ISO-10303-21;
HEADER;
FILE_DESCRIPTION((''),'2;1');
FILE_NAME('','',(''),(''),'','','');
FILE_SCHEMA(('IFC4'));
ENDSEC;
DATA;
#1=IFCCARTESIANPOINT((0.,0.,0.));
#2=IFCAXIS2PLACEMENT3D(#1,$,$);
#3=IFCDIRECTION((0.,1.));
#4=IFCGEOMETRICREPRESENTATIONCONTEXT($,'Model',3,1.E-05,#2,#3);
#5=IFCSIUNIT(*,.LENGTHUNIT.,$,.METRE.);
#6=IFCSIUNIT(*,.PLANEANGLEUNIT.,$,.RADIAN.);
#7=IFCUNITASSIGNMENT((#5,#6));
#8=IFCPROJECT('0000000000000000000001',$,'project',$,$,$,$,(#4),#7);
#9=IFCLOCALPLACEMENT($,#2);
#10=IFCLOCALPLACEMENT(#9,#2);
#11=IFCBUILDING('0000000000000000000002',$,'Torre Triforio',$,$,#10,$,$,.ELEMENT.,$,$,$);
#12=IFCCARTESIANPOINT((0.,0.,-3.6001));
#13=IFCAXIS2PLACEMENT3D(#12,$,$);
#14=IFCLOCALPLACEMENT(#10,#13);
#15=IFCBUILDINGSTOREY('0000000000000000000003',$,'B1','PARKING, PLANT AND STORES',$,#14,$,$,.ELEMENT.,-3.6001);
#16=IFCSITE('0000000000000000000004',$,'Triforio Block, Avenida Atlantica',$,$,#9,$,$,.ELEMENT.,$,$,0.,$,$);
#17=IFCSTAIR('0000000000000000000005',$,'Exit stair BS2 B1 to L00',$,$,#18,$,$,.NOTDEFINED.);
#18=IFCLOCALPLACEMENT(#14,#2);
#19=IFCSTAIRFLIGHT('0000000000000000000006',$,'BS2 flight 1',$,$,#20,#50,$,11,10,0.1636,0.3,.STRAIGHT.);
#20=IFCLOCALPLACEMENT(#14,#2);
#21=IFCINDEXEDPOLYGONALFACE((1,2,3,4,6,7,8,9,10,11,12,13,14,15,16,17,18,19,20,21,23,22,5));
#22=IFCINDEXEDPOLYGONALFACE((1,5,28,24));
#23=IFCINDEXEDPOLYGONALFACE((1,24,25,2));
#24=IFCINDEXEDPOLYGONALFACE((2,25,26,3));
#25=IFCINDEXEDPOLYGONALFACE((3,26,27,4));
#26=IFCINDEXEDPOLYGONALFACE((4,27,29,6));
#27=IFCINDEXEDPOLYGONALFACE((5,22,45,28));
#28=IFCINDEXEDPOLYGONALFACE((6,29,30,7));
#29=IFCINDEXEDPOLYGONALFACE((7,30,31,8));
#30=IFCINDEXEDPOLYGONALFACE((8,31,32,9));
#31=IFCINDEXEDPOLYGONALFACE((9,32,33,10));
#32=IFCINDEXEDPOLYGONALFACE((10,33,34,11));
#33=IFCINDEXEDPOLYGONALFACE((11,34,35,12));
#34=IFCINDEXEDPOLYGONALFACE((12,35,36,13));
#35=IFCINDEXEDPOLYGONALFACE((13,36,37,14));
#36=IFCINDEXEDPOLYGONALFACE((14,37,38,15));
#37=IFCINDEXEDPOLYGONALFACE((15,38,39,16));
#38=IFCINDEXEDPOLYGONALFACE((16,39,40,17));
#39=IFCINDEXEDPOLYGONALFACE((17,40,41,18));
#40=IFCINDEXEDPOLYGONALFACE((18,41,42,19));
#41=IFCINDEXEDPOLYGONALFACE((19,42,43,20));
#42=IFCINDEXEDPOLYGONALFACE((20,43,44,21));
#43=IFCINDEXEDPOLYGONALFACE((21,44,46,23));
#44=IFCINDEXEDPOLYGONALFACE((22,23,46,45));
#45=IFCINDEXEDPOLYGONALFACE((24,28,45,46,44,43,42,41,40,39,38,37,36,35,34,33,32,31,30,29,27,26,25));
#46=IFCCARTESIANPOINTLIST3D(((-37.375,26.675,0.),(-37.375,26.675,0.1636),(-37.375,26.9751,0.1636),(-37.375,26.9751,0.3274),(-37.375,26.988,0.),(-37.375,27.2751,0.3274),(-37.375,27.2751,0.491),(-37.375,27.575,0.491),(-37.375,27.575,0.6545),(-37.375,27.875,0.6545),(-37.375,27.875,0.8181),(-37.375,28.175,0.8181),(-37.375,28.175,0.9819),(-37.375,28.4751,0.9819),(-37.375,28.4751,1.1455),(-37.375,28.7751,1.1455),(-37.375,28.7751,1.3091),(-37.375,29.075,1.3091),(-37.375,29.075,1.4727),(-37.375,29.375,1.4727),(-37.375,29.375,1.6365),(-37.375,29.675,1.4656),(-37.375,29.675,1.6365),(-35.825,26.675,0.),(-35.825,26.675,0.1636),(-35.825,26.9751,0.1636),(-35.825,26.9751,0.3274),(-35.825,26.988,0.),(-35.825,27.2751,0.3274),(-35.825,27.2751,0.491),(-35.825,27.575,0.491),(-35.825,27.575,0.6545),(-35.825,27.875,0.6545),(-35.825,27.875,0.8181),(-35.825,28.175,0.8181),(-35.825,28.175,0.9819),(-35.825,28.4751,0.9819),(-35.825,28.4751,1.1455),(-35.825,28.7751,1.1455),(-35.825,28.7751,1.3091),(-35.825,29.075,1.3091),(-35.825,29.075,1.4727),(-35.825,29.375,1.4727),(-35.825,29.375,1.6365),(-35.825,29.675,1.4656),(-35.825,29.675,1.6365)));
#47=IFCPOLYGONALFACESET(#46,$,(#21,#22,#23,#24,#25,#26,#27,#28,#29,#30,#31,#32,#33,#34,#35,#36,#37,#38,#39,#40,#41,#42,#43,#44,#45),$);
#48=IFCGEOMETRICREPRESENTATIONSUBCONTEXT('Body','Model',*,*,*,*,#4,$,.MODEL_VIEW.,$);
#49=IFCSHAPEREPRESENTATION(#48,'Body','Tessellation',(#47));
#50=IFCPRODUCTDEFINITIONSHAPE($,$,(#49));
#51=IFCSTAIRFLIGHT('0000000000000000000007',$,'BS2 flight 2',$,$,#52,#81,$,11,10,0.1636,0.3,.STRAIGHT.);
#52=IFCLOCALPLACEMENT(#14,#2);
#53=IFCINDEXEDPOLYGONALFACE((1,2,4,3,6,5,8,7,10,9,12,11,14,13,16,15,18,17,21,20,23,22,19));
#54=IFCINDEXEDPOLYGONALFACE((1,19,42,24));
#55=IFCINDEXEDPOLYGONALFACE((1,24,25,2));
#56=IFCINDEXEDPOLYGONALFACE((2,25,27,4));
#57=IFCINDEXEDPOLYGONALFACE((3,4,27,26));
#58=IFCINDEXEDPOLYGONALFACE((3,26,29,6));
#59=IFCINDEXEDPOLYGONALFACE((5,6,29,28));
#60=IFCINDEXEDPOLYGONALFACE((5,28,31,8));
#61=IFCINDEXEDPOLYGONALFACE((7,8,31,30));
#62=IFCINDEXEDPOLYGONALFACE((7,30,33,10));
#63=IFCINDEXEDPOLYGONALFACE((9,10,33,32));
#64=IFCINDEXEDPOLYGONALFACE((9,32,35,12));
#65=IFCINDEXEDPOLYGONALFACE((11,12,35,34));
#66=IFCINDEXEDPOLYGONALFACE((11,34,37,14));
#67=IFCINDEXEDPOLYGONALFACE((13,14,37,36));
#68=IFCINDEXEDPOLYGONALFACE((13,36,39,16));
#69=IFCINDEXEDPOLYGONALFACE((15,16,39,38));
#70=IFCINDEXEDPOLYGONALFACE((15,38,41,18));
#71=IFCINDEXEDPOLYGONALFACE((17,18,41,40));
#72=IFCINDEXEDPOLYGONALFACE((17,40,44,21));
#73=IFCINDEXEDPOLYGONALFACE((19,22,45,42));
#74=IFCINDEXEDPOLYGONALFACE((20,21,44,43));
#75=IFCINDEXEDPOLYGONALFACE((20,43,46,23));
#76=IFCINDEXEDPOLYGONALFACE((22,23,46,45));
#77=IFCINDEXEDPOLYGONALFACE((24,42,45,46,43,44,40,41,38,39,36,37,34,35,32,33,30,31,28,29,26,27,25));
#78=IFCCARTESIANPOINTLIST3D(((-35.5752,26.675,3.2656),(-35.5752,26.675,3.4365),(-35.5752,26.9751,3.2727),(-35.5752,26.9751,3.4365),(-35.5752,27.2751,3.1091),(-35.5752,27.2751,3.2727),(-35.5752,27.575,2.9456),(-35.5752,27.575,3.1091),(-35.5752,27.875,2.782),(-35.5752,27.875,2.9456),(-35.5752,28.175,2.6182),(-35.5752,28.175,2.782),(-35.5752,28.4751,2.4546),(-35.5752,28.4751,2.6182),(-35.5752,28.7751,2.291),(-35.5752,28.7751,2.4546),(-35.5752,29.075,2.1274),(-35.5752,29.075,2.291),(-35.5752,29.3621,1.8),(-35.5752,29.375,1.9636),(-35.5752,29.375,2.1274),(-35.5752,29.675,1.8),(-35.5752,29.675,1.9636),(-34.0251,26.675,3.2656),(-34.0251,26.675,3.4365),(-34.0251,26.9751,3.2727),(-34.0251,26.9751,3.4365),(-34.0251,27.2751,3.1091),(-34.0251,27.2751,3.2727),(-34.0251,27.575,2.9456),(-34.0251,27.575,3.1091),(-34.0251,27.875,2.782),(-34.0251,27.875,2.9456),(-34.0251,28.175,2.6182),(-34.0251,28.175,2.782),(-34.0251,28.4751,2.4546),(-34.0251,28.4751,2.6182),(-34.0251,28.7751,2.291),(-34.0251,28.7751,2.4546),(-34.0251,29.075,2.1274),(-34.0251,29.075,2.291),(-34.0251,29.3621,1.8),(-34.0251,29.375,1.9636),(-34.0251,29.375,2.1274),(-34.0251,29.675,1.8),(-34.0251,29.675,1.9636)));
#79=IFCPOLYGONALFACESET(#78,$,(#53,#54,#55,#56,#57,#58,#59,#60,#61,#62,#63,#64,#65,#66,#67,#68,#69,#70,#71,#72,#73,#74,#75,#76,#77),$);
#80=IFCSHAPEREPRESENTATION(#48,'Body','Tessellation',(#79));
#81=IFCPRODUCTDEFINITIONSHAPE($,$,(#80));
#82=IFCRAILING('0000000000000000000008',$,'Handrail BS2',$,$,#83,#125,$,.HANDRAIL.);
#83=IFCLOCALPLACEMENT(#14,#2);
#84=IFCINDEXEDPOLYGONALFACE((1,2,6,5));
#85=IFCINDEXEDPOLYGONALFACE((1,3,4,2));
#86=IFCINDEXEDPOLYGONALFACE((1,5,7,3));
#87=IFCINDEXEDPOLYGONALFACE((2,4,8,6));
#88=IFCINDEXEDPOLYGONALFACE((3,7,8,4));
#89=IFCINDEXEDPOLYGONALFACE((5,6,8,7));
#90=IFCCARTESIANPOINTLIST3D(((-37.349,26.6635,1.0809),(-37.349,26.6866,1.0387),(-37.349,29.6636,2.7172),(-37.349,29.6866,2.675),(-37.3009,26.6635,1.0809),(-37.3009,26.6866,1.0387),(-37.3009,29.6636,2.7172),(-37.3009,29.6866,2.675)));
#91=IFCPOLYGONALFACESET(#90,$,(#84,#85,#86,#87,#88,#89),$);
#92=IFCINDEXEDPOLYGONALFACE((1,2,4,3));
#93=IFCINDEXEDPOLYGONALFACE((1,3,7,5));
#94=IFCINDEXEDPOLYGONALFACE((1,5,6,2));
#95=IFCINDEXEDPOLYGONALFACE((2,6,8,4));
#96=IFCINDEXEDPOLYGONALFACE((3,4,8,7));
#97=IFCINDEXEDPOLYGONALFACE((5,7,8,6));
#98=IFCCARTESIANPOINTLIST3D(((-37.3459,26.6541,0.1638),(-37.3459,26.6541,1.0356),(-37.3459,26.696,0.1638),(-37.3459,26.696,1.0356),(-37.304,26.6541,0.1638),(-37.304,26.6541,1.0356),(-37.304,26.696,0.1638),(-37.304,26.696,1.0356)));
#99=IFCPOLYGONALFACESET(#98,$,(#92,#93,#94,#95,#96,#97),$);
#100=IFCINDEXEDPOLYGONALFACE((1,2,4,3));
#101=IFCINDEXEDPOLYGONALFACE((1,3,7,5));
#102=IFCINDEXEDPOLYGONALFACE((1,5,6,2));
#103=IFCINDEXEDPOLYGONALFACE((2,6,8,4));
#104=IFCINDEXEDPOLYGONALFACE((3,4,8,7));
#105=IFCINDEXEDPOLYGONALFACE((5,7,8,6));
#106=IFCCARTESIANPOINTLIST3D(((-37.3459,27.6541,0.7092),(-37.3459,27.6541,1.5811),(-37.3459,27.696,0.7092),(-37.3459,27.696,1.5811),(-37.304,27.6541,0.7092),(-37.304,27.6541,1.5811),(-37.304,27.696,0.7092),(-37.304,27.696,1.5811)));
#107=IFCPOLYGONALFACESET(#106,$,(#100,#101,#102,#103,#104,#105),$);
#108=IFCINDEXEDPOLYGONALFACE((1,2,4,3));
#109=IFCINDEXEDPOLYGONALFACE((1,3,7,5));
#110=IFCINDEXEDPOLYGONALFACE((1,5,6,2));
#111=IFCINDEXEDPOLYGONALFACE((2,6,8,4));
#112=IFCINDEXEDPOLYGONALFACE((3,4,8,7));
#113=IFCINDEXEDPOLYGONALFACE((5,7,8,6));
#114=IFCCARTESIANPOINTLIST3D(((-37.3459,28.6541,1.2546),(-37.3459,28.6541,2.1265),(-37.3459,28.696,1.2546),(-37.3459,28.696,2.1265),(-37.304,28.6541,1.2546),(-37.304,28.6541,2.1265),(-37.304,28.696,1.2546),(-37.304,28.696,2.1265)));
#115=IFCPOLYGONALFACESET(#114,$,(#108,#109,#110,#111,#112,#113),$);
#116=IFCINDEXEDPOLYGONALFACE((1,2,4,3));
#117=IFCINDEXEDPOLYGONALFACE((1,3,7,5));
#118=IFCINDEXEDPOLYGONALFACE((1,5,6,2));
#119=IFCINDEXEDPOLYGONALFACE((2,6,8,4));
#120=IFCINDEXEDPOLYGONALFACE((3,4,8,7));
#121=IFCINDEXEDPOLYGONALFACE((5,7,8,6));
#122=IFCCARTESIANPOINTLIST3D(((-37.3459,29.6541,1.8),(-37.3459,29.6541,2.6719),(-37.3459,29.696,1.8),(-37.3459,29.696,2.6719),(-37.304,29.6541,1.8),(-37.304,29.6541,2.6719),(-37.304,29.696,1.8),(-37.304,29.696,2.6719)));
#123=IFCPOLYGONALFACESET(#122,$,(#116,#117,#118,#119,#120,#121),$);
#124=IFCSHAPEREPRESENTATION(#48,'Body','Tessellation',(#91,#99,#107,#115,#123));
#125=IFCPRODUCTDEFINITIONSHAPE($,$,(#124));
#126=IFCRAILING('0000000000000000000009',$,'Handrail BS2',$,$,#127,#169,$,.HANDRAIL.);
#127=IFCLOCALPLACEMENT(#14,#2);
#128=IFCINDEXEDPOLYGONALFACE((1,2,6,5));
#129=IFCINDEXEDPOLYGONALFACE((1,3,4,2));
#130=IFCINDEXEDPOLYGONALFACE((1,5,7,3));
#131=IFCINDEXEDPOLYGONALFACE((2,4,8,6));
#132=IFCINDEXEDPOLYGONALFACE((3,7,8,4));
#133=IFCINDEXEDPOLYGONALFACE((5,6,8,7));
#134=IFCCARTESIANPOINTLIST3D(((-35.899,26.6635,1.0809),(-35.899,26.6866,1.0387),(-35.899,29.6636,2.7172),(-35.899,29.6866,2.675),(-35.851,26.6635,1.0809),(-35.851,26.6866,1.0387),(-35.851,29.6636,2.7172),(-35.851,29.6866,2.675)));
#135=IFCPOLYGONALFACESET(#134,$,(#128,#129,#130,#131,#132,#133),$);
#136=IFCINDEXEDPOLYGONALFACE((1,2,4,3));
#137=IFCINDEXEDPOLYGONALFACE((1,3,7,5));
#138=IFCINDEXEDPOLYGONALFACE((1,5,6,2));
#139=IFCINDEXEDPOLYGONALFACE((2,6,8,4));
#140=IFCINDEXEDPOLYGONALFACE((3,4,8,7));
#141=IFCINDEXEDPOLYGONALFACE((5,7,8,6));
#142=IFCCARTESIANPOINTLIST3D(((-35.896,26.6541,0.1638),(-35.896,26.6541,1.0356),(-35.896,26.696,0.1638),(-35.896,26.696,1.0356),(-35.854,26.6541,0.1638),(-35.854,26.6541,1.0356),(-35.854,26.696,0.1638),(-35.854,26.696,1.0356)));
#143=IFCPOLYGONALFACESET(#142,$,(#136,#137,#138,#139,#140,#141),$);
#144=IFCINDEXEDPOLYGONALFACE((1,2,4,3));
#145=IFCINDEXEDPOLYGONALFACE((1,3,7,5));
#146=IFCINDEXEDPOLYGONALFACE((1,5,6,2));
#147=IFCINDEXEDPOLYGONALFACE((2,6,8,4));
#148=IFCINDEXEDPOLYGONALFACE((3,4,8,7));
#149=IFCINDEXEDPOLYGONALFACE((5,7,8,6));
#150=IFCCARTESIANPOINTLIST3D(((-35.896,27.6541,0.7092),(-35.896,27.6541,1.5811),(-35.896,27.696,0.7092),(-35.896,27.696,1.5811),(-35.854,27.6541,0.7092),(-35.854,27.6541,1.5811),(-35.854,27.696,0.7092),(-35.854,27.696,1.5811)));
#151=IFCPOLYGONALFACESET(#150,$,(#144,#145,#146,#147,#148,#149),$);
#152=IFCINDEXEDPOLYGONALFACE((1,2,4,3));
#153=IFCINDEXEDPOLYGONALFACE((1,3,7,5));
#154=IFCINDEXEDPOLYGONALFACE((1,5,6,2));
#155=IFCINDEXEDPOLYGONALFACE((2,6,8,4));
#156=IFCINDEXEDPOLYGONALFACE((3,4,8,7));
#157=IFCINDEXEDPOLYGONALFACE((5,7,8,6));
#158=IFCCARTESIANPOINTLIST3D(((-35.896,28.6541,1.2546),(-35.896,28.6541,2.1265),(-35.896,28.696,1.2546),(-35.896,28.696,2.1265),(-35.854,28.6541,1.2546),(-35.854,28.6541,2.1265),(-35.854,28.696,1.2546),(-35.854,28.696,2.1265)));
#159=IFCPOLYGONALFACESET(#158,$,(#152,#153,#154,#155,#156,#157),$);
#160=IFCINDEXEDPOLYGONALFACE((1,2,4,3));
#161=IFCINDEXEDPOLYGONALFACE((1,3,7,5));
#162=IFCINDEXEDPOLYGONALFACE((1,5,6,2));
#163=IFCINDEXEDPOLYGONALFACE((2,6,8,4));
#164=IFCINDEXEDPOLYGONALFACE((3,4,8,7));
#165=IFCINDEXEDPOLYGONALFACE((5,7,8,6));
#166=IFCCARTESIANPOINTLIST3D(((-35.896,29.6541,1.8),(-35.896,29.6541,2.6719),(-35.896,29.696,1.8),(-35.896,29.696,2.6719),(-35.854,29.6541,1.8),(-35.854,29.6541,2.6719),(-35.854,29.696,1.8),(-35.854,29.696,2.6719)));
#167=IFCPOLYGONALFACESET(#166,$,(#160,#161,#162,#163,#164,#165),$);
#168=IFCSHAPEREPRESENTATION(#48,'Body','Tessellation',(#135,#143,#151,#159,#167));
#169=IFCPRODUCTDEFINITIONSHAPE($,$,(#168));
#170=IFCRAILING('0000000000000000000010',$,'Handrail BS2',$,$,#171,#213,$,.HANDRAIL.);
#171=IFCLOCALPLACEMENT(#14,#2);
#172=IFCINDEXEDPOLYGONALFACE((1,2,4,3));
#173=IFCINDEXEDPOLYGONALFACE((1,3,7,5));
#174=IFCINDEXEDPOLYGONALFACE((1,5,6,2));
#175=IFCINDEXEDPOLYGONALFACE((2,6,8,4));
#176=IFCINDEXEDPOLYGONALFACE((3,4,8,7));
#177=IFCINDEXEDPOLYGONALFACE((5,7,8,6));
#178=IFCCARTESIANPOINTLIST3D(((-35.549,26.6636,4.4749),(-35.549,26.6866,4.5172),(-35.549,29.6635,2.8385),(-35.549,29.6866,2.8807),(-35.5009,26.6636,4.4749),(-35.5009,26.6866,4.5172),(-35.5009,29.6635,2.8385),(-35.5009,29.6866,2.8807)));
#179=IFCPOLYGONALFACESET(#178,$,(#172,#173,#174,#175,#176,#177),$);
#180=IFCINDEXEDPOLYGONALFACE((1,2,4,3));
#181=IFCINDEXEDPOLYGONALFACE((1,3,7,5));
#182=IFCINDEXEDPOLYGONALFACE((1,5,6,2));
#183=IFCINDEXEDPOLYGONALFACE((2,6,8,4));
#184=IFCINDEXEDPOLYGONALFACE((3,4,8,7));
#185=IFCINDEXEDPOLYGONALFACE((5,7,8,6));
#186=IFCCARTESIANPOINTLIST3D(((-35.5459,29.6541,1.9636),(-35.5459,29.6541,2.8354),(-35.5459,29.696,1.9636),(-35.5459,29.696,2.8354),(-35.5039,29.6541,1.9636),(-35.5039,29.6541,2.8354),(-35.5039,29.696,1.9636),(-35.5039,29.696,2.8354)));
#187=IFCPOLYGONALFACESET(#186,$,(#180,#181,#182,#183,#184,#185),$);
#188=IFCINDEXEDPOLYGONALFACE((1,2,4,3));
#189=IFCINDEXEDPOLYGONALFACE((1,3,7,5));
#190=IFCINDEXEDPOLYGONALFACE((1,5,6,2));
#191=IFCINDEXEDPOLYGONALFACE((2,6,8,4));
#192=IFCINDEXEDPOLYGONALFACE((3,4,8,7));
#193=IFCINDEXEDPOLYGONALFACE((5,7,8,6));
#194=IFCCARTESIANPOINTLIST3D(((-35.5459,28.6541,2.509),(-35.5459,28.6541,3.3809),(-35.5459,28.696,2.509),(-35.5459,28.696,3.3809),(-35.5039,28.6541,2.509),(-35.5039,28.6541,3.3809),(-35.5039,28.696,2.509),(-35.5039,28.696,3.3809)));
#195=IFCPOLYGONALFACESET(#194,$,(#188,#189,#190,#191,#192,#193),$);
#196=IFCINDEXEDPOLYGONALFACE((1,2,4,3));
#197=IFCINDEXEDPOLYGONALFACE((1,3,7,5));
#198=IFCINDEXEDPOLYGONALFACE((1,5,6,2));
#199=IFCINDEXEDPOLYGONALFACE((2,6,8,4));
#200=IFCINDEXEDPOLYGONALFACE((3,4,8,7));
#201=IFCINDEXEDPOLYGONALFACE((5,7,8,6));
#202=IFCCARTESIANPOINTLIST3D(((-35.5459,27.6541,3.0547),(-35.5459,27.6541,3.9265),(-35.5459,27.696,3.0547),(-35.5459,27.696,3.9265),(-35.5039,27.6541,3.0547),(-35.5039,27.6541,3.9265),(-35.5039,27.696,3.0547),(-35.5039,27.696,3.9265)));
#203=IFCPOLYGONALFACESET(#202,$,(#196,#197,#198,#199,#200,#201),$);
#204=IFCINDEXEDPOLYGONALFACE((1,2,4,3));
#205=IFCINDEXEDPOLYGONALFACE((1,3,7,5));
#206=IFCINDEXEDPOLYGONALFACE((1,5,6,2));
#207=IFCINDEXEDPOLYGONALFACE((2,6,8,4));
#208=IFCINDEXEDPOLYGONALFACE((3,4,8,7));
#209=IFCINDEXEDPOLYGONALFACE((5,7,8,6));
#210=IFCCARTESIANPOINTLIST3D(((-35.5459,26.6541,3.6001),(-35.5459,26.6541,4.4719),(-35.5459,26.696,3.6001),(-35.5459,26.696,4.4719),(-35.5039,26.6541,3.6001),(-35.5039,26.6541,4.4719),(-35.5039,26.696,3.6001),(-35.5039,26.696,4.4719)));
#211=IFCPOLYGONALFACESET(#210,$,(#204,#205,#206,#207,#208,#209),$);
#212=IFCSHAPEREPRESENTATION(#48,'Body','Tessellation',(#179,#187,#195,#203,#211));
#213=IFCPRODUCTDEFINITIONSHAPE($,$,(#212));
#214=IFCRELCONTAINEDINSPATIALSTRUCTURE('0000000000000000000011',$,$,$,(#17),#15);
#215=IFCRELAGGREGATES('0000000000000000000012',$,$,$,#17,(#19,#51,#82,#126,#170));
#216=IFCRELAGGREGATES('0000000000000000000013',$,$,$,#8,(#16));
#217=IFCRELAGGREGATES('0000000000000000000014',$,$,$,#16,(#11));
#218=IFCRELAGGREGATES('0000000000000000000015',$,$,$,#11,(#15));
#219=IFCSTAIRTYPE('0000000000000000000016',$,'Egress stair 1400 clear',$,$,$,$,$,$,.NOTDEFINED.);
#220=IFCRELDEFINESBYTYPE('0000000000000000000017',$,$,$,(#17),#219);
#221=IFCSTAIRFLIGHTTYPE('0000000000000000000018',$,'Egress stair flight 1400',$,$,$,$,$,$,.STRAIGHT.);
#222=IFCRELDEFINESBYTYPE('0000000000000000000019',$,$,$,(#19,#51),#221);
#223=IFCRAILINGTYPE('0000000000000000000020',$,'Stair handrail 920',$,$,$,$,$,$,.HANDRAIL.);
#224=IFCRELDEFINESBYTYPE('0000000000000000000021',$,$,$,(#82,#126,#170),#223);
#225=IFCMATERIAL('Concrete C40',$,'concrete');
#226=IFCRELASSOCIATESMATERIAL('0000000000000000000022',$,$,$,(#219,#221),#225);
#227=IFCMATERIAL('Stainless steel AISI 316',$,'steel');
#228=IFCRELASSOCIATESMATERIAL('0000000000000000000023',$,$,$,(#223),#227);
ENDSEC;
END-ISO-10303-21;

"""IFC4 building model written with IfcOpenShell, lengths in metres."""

from ifc_helpers import new_model, si_unit, direction, frame, origin, origin_2d, place, context, subcontext, project, spatial, polyline, rectangle, outline, extrude, material, type_object, element, aggregate, save


model = new_model("IFC4")

# Units and contexts
model_context = context("Model", 3, precision=1e-05, world=origin(), true_north=direction((0.0, 1.0)))
body_context = subcontext(model_context, "Body", "Model", "MODEL_VIEW")
ifc_project = project(units=[si_unit("LENGTHUNIT", "METRE"), si_unit("PLANEANGLEUNIT", "RADIAN")], contexts=[model_context])

# Site, building, storey
site_placement = place(None, origin())
site = spatial("IfcSite", under=ifc_project, at=site_placement, Name="Triforio Block, Avenida Atlantica", CompositionType="ELEMENT", RefElevation=0.0)
building_placement = place(site_placement, origin())
building = spatial("IfcBuilding", under=site, at=building_placement, Name="Torre Triforio", CompositionType="ELEMENT")
storey_placement = place(building_placement, frame((0.0, 0.0, -3.6001)))
storey = spatial("IfcBuildingStorey", under=building, at=storey_placement, Name="B1", Description="PARKING, PLANT AND STORES", CompositionType="ELEMENT", Elevation=-3.6001)

# Shared definitions
ifc_material_1 = material(Name="Concrete C40", Category="concrete")

# Stair, stair flights, railings
stair_type = type_object("IfcStairType", Name="Egress stair 1400 clear", PredefinedType="NOTDEFINED", material=ifc_material_1)
stair_placement = place(storey_placement, origin())
stair = element("IfcStair", 1, at=stair_placement, inside=storey, type_object=stair_type, Name="Exit stair BS2 B1 to L00", PredefinedType="NOTDEFINED")
stair_flight_type = type_object("IfcStairFlightType", Name="Egress stair flight 1400", PredefinedType="STRAIGHT", material=ifc_material_1)
stair_flight_1_placement = place(storey_placement, frame((-36.6001, 26.675, 0.0), z_axis=(0.0, 0.0, 1.0), x_axis=(0.0, 1.0, 0.0)))
stair_flight_1 = element("IfcStairFlight", 2, at=stair_flight_1_placement, type_object=stair_flight_type, Name="BS2 flight 1", NumberOfRisers=11, NumberOfTreads=10, PredefinedType="STRAIGHT", RiserHeight=0.1636, TreadLength=0.3, context=body_context, shape_type="SweptSolid", body=[
    extrude(outline(polyline([(0.0, 0.0), (0.0, 0.1636), (0.3, 0.1636), (0.3, 0.3274), (0.6001, 0.3274), (0.6001, 0.491), (0.8999, 0.491), (0.8999, 0.6545), (1.2, 0.6545), (1.2, 0.8181), (1.5, 0.8181), (1.5, 0.9819), (1.8, 0.9819), (1.8, 1.1455), (2.1001, 1.1455), (2.1001, 1.3091), (2.3999, 1.3091), (2.3999, 1.4727), (2.7, 1.4727), (2.7, 1.6365), (3.0, 1.6365), (3.0, 1.8), (3.0, 1.4656), (0.313, 0.0), (0.0, 0.0)])), frame((0.0, 0.7749, 0.0), z_axis=(0.0, -1.0, 0.0), x_axis=(1.0, 0.0, 0.0)), (0.0, 0.0, 1.0), 1.55),
])
stair_flight_2_placement = place(storey_placement, frame((-34.8, 29.675, 1.8), z_axis=(0.0, 0.0, 1.0), x_axis=(0.0, -1.0, 0.0)))
stair_flight_2 = element("IfcStairFlight", 3, at=stair_flight_2_placement, type_object=stair_flight_type, Name="BS2 flight 2", NumberOfRisers=11, NumberOfTreads=10, PredefinedType="STRAIGHT", RiserHeight=0.1636, TreadLength=0.3, context=body_context, shape_type="SweptSolid", body=[
    extrude(outline(polyline([(0.0, 0.0), (0.0, 0.1636), (0.3, 0.1636), (0.3, 0.3274), (0.6001, 0.3274), (0.6001, 0.491), (0.8999, 0.491), (0.8999, 0.6545), (1.2, 0.6545), (1.2, 0.8181), (1.5, 0.8181), (1.5, 0.9819), (1.8, 0.9819), (1.8, 1.1455), (2.1001, 1.1455), (2.1001, 1.3091), (2.3999, 1.3091), (2.3999, 1.4727), (2.7, 1.4727), (2.7, 1.6365), (3.0, 1.6365), (3.0, 1.8), (3.0, 1.4656), (0.313, 0.0), (0.0, 0.0)])), frame((0.0, 0.7749, 0.0), z_axis=(0.0, -1.0, 0.0), x_axis=(1.0, 0.0, 0.0)), (0.0, 0.0, 1.0), 1.55),
])
ifc_material_2 = material(Name="Stainless steel AISI 316", Category="steel")
railing_type_1 = type_object("IfcRailingType", Name="Stair handrail 920", PredefinedType="HANDRAIL", material=ifc_material_2)
railing_1_placement = place(storey_placement, frame((-37.325, 26.675, 0.1638)))
railing_1 = element("IfcRailing", 4, at=railing_1_placement, type_object=railing_type_1, Name="Handrail BS2", PredefinedType="HANDRAIL", context=body_context, shape_type="SweptSolid", body=[
    extrude(rectangle(XDim=0.0481, YDim=0.0481, at=origin_2d()), frame((0.0, 0.0, 0.896), z_axis=(0.0, 0.877912, 0.478822), x_axis=(-1.0, 0.0, 0.0)), (0.0, 0.0, 1.0), 3.4172),
    extrude(rectangle(XDim=0.042, YDim=0.042, at=origin_2d()), origin(), (0.0, 0.0, 1.0), 0.8718),
    extrude(rectangle(XDim=0.042, YDim=0.042, at=origin_2d()), frame((0.0, 1.0, 0.5454)), (0.0, 0.0, 1.0), 0.8718),
    extrude(rectangle(XDim=0.042, YDim=0.042, at=origin_2d()), frame((0.0, 2.0, 1.0908)), (0.0, 0.0, 1.0), 0.8718),
    extrude(rectangle(XDim=0.042, YDim=0.042, at=origin_2d()), frame((0.0, 3.0, 1.6362)), (0.0, 0.0, 1.0), 0.8718),
])
railing_2_placement = place(storey_placement, frame((-35.875, 26.675, 0.1638)))
railing_2 = element("IfcRailing", 5, at=railing_2_placement, type_object=railing_type_1, Name="Handrail BS2", PredefinedType="HANDRAIL", context=body_context, shape_type="SweptSolid", body=[
    extrude(rectangle(XDim=0.0481, YDim=0.0481, at=origin_2d()), frame((0.0, 0.0, 0.896), z_axis=(0.0, 0.877912, 0.478822), x_axis=(-1.0, 0.0, 0.0)), (0.0, 0.0, 1.0), 3.4172),
    extrude(rectangle(XDim=0.042, YDim=0.042, at=origin_2d()), origin(), (0.0, 0.0, 1.0), 0.8718),
    extrude(rectangle(XDim=0.042, YDim=0.042, at=origin_2d()), frame((0.0, 1.0, 0.5454)), (0.0, 0.0, 1.0), 0.8718),
    extrude(rectangle(XDim=0.042, YDim=0.042, at=origin_2d()), frame((0.0, 2.0, 1.0908)), (0.0, 0.0, 1.0), 0.8718),
    extrude(rectangle(XDim=0.042, YDim=0.042, at=origin_2d()), frame((0.0, 3.0, 1.6362)), (0.0, 0.0, 1.0), 0.8718),
])
railing_3_placement = place(storey_placement, frame((-35.5249, 29.675, 1.9636)))
railing_3 = element("IfcRailing", 6, at=railing_3_placement, type_object=railing_type_1, Name="Handrail BS2", PredefinedType="HANDRAIL", context=body_context, shape_type="SweptSolid", body=[
    extrude(rectangle(XDim=0.0481, YDim=0.0481, at=origin_2d()), frame((0.0, 0.0, 0.896), z_axis=(0.0, -0.877882, 0.478877), x_axis=(1.0, 0.0, 0.0)), (0.0, 0.0, 1.0), 3.4172),
    extrude(rectangle(XDim=0.042, YDim=0.042, at=origin_2d()), origin(), (0.0, 0.0, 1.0), 0.8718),
    extrude(rectangle(XDim=0.042, YDim=0.042, at=origin_2d()), frame((0.0, -1.0, 0.5454)), (0.0, 0.0, 1.0), 0.8718),
    extrude(rectangle(XDim=0.042, YDim=0.042, at=origin_2d()), frame((0.0, -2.0, 1.0911)), (0.0, 0.0, 1.0), 0.8718),
    extrude(rectangle(XDim=0.042, YDim=0.042, at=origin_2d()), frame((0.0, -3.0, 1.6365)), (0.0, 0.0, 1.0), 0.8718),
])
aggregate(stair, [stair_flight_1, stair_flight_2, railing_1, railing_2, railing_3])

save(model, "model.ifc")
